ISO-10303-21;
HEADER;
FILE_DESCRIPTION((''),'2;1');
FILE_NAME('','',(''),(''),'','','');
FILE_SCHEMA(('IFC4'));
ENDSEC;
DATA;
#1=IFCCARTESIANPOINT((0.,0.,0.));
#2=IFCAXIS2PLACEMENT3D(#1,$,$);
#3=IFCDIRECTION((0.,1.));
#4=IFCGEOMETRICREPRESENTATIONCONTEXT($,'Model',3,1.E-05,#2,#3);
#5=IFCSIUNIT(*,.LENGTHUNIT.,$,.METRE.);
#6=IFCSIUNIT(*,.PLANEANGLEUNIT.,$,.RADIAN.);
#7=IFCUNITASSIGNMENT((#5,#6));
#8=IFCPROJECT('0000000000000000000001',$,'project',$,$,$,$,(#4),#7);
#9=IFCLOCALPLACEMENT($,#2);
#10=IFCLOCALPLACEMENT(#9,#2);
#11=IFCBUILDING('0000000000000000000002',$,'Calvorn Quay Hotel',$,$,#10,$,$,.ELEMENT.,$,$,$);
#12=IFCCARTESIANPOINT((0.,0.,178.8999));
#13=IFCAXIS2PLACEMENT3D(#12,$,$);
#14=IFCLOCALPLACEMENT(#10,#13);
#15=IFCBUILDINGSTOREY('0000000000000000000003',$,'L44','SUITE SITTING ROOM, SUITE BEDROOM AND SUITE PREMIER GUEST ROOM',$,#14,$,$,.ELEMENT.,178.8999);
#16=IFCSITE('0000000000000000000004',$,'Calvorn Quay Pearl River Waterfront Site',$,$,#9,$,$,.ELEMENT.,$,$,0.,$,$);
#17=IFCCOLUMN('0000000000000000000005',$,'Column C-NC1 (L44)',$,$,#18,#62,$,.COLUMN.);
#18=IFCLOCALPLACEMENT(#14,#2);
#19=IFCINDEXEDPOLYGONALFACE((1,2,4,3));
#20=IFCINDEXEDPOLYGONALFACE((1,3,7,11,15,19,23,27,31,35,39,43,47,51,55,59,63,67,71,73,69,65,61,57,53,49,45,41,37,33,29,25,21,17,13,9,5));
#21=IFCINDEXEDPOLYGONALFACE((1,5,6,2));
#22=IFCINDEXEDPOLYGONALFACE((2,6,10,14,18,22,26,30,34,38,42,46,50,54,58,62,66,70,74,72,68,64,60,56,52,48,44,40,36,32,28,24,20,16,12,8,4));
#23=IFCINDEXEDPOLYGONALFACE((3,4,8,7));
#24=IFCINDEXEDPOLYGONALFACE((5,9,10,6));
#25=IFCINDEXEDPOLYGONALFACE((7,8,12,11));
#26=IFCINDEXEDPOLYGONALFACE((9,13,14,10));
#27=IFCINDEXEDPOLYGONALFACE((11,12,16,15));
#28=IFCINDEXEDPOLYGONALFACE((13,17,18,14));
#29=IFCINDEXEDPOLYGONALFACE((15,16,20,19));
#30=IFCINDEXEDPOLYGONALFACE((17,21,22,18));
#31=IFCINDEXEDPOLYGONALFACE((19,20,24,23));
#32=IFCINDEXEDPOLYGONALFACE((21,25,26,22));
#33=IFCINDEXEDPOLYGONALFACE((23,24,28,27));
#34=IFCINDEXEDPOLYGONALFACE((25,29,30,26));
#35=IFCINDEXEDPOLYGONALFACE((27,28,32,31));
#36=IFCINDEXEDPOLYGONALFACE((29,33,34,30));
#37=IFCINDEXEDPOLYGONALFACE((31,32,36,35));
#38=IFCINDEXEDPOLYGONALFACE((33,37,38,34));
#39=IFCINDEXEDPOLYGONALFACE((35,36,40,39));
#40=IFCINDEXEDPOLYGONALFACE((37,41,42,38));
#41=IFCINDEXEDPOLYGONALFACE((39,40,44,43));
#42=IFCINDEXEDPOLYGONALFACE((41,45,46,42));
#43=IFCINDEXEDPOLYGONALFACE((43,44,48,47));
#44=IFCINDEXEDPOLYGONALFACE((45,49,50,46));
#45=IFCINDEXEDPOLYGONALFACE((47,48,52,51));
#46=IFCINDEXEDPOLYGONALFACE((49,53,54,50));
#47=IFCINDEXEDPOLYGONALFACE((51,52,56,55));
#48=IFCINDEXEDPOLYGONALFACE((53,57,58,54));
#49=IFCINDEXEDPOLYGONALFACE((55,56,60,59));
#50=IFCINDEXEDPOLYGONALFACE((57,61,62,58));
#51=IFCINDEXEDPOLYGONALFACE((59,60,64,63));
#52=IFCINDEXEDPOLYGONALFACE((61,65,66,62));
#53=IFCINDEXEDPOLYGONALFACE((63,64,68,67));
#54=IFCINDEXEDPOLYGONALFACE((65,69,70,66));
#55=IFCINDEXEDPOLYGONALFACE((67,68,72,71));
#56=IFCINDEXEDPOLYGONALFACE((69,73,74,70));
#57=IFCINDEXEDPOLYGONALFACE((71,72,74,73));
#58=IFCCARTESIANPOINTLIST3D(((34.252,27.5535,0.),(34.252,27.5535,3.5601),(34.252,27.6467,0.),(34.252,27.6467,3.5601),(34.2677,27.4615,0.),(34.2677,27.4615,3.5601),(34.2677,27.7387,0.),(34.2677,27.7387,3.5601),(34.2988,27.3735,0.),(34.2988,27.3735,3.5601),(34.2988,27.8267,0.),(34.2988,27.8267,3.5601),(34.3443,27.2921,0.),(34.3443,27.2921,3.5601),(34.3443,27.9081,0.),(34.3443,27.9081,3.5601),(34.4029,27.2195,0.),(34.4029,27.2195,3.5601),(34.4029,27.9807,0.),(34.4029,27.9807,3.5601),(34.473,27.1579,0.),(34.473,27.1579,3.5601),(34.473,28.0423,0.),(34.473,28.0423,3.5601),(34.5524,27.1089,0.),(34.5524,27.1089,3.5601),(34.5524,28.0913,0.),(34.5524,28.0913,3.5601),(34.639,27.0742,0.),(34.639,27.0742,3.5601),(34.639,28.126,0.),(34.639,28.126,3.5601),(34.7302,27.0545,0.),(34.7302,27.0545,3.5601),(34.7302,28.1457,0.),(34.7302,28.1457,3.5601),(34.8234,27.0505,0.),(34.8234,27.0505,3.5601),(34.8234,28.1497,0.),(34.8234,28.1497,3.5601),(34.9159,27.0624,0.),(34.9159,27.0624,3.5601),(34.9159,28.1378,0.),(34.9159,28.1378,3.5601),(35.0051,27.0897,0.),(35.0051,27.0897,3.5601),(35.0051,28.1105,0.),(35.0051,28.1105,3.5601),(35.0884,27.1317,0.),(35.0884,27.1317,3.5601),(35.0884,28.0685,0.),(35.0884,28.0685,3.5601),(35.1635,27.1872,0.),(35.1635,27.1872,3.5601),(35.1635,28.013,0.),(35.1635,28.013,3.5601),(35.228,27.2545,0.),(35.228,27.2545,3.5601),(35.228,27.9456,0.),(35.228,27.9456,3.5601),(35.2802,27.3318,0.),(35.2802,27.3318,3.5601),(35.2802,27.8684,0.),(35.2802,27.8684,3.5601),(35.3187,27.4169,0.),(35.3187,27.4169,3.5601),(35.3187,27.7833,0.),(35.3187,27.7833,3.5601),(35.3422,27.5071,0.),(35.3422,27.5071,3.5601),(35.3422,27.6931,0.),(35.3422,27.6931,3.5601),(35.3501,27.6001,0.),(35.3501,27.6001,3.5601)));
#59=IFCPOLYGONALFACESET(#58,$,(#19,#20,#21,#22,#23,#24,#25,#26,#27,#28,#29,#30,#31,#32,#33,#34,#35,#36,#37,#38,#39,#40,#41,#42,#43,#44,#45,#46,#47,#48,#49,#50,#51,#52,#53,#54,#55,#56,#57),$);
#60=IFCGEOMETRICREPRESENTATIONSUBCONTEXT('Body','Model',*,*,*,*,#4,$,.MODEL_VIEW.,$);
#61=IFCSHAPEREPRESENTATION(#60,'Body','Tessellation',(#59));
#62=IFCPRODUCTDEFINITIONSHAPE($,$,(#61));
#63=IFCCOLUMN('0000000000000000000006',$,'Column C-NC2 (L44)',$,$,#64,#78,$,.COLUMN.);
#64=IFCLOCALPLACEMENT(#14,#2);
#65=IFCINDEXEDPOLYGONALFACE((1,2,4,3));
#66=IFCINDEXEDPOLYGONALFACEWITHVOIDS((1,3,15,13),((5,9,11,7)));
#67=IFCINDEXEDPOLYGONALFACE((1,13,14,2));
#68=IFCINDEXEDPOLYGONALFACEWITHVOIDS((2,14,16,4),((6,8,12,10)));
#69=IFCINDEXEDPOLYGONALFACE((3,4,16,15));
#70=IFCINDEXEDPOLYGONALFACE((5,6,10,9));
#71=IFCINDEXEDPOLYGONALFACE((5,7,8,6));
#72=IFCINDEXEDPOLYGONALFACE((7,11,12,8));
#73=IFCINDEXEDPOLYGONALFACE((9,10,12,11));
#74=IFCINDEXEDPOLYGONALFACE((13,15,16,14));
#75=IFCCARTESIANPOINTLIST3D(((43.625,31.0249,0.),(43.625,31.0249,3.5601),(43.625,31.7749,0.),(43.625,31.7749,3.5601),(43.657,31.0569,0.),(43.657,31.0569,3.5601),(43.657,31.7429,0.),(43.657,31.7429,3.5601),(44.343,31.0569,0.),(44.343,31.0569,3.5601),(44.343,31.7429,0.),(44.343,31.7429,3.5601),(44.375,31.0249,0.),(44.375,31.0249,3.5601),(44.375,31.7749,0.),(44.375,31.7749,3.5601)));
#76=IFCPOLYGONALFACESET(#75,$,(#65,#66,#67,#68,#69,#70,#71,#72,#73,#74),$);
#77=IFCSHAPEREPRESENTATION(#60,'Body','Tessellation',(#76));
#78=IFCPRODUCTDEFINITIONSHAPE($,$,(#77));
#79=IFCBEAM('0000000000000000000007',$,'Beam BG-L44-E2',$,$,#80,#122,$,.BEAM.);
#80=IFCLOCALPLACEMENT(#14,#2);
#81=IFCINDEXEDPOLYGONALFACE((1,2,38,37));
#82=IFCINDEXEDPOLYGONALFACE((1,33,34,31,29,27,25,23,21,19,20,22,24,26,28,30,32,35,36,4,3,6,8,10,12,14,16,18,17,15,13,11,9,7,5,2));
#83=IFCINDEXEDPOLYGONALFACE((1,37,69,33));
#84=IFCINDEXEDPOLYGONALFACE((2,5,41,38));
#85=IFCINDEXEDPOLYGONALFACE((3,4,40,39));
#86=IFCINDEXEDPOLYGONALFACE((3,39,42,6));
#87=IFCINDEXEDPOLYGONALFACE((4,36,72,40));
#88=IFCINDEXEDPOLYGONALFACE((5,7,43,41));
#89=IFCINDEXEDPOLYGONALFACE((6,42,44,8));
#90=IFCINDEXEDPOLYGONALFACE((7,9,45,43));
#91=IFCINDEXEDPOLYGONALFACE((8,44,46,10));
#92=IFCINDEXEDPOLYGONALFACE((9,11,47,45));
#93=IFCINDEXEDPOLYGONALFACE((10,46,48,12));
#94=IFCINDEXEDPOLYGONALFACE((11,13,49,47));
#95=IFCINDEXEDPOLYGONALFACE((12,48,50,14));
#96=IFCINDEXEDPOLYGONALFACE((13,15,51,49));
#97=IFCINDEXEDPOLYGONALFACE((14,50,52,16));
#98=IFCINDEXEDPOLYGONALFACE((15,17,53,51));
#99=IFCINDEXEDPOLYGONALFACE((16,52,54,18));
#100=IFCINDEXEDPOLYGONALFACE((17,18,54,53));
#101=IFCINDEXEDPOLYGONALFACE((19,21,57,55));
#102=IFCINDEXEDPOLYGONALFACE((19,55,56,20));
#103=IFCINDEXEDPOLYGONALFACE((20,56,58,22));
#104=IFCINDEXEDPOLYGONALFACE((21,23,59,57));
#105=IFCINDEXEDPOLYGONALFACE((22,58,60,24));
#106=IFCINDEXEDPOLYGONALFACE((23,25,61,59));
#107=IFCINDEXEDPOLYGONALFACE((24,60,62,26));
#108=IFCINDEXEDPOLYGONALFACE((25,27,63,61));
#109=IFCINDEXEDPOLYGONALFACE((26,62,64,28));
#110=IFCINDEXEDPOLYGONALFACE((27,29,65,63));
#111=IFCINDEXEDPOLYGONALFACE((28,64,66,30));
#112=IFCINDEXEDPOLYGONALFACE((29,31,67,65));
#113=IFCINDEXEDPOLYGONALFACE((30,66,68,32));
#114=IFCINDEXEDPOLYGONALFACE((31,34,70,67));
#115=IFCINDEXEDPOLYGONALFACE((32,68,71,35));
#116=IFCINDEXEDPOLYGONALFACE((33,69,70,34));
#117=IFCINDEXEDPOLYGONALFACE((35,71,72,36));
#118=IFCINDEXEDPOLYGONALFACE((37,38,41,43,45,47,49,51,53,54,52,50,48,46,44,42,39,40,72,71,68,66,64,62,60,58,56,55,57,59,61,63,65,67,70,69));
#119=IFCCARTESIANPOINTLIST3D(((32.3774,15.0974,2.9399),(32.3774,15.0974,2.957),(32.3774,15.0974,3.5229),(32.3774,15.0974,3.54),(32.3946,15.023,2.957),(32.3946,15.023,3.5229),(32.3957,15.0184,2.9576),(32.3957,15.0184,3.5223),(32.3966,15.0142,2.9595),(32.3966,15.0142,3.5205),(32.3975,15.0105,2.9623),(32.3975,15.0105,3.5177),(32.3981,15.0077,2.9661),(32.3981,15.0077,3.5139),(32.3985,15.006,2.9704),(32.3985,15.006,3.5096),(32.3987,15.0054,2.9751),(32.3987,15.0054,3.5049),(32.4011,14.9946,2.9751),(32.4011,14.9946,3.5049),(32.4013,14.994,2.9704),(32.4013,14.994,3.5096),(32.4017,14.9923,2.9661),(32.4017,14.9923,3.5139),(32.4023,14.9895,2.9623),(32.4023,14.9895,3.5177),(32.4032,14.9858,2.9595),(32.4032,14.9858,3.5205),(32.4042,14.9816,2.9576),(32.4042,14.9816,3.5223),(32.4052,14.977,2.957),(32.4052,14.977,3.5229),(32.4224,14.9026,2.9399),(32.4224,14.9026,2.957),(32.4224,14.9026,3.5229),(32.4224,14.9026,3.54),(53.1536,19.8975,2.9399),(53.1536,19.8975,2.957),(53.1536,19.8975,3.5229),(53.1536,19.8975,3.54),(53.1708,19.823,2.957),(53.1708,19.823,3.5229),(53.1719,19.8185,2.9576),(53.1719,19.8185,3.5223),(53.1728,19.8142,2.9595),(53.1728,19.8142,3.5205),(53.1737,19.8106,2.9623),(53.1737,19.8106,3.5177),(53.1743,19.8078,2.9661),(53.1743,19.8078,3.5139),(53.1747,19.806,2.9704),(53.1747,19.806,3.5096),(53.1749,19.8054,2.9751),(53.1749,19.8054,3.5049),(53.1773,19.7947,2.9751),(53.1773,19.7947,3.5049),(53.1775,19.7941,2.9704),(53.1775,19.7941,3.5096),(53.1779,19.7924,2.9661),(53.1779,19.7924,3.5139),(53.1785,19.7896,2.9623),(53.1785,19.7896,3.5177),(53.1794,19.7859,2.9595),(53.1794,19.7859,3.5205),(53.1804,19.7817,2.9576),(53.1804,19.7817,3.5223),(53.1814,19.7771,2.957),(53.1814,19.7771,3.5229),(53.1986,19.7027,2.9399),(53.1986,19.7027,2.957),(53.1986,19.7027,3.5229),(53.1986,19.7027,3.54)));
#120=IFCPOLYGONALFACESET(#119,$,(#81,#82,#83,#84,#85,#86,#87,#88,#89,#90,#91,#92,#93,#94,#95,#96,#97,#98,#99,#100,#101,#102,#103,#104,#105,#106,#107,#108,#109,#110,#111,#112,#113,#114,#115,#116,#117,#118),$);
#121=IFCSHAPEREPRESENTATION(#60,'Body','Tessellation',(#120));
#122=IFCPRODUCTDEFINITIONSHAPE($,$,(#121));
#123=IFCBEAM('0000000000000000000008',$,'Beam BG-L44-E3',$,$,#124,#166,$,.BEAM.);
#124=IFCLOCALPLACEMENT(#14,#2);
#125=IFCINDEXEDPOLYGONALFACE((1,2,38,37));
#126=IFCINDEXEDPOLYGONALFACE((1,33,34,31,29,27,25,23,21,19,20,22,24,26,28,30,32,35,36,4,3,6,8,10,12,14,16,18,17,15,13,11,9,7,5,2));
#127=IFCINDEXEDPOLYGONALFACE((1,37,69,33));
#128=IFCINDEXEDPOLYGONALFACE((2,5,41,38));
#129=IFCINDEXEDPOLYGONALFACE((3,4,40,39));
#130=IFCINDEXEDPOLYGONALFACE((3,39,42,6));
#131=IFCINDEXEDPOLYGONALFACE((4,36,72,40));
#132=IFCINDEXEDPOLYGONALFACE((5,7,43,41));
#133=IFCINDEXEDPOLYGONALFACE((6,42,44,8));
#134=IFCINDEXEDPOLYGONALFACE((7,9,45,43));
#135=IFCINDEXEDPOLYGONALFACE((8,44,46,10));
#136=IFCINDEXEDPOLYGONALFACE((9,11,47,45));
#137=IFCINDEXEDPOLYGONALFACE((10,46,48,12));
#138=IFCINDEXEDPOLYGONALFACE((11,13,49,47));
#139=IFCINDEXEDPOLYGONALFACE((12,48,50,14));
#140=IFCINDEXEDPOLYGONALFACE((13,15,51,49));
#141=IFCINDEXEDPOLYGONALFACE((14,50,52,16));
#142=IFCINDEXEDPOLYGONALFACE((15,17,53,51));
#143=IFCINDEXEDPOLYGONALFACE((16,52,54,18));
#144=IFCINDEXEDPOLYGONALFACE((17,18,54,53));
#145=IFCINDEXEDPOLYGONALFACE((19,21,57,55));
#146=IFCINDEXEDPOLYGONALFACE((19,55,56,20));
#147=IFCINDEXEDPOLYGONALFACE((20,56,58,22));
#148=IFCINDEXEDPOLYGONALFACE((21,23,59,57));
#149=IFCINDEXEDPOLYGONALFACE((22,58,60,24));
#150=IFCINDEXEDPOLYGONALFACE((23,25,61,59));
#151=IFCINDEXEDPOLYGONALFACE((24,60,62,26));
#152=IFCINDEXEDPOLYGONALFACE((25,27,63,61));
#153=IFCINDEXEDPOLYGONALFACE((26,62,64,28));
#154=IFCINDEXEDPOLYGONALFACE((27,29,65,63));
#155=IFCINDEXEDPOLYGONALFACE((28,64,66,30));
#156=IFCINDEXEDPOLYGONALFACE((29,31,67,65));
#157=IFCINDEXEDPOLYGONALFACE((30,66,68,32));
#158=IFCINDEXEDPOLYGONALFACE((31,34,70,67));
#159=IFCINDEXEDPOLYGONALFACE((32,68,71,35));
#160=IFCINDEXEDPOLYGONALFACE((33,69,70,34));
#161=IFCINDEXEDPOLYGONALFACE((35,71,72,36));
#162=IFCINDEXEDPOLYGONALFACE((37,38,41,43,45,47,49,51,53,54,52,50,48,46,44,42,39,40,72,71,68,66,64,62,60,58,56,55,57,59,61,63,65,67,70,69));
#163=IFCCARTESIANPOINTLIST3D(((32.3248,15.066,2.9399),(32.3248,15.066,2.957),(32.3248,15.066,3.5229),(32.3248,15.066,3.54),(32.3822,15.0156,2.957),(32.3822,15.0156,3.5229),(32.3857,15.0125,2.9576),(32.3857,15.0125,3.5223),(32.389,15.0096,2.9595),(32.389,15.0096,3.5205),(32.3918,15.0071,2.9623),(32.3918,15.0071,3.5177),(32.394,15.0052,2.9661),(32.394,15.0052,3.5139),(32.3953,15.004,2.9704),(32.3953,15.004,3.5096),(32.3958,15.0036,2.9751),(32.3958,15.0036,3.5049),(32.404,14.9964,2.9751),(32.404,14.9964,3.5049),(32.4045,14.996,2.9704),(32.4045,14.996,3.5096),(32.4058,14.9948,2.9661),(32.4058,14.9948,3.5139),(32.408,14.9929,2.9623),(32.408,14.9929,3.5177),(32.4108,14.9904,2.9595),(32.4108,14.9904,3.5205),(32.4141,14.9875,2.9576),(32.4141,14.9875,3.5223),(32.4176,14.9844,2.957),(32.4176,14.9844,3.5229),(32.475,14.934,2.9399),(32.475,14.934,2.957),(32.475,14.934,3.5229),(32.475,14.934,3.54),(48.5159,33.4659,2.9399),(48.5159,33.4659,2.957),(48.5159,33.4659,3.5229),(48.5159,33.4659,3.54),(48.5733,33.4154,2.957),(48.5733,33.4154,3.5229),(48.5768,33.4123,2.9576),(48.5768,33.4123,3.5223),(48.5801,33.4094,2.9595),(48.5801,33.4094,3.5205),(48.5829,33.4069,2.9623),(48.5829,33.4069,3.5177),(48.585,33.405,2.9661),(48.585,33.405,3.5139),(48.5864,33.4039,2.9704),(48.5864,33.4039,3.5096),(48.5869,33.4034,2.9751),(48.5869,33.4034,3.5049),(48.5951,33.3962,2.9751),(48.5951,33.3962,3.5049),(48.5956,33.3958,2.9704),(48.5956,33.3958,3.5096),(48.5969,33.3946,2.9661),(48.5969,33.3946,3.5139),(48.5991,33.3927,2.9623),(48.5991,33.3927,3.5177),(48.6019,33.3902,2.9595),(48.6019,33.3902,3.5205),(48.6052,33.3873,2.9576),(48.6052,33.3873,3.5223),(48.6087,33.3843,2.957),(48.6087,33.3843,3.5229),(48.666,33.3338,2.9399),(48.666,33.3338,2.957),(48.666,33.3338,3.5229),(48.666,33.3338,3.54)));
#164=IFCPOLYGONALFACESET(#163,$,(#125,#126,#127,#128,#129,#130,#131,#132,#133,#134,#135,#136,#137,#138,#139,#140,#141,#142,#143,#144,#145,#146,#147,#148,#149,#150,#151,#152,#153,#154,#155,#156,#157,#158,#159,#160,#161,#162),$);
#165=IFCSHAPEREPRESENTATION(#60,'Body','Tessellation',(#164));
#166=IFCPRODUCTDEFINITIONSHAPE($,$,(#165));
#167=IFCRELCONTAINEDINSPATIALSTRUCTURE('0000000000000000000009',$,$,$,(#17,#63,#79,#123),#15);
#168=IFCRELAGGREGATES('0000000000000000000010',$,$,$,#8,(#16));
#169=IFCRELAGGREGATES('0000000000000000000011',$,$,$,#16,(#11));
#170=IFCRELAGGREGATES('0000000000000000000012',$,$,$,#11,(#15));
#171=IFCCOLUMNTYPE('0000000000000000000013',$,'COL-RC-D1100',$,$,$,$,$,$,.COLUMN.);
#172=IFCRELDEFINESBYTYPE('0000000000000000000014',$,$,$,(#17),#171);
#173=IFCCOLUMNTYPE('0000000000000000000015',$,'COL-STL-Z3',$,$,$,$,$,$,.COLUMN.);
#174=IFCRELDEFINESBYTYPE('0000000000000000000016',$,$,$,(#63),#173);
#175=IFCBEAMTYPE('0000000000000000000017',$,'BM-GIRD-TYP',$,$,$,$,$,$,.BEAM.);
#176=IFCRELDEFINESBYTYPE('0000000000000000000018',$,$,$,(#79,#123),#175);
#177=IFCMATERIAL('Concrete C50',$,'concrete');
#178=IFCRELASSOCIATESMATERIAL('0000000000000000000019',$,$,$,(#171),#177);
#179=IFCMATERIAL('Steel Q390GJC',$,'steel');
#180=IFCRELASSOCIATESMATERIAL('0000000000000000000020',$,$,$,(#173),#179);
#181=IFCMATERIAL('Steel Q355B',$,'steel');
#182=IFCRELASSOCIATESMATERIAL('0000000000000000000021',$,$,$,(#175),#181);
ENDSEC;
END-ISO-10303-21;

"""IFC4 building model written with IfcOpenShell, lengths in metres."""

from ifc_helpers import new_model, si_unit, direction, frame, origin, origin_2d, place, context, subcontext, project, spatial, hollow_rectangle, circle, i_section, extrude, material, material_profile, profile_set, type_object, element, save


model = new_model("IFC4")

# Units and contexts
model_context = context("Model", 3, precision=1e-05, world=origin(), true_north=direction((0.0, 1.0)))
body_context = subcontext(model_context, "Body", "Model", "MODEL_VIEW")
ifc_project = project(units=[si_unit("LENGTHUNIT", "METRE"), si_unit("PLANEANGLEUNIT", "RADIAN")], contexts=[model_context])

# Site, building, storey
site_placement = place(None, origin())
site = spatial("IfcSite", under=ifc_project, at=site_placement, Name="Calvorn Quay Pearl River Waterfront Site", CompositionType="ELEMENT", RefElevation=0.0)
building_placement = place(site_placement, origin())
building = spatial("IfcBuilding", under=site, at=building_placement, Name="Calvorn Quay Hotel", CompositionType="ELEMENT")
storey_placement = place(building_placement, frame((0.0, 0.0, 178.8999)))
storey = spatial("IfcBuildingStorey", under=building, at=storey_placement, Name="L44", Description="SUITE SITTING ROOM, SUITE BEDROOM AND SUITE PREMIER GUEST ROOM", CompositionType="ELEMENT", Elevation=178.8999)

# Columns
ifc_material_1 = material(Name="Concrete C50", Category="concrete")
ifc_material_profile_1 = material_profile(ifc_material_1, circle(Radius=0.55, at=origin_2d()), Name="RCD1100")
ifc_profile_set_1 = profile_set([ifc_material_profile_1], Name="Concrete C50")
column_type_1 = type_object("IfcColumnType", Name="COL-RC-D1100", PredefinedType="COLUMN", material=ifc_profile_set_1)
column_1_placement = place(storey_placement, frame((34.8, 27.6001, 0.0), z_axis=(0.0, 0.0, 1.0), x_axis=(1.0, 0.0, 0.0)))
element("IfcColumn", 1, at=column_1_placement, inside=storey, type_object=column_type_1, Name="Column C-NC1 (L44)", PredefinedType="COLUMN", context=body_context, shape_type="SweptSolid", body=[
    extrude(circle(Radius=0.55, at=origin_2d()), origin(), (0.0, 0.0, 1.0), 3.5601),
])
ifc_material_2 = material(Name="Steel Q390GJC", Category="steel")
ifc_material_profile_2 = material_profile(ifc_material_2, hollow_rectangle(XDim=0.75, YDim=0.75, WallThickness=0.032, at=origin_2d()), Name="BOX750x750x32")
ifc_profile_set_2 = profile_set([ifc_material_profile_2], Name="Steel Q390GJC")
column_type_2 = type_object("IfcColumnType", Name="COL-STL-Z3", PredefinedType="COLUMN", material=ifc_profile_set_2)
column_2_placement = place(storey_placement, frame((44.0, 31.3999, 0.0), z_axis=(0.0, 0.0, 1.0), x_axis=(1.0, 0.0, 0.0)))
element("IfcColumn", 2, at=column_2_placement, inside=storey, type_object=column_type_2, Name="Column C-NC2 (L44)", PredefinedType="COLUMN", context=body_context, shape_type="SweptSolid", body=[
    extrude(hollow_rectangle(XDim=0.75, YDim=0.75, WallThickness=0.032, at=origin_2d()), origin(), (0.0, 0.0, 1.0), 3.5601),
])

# Beams
ifc_material_3 = material(Name="Steel Q355B", Category="steel")
ifc_material_profile_3 = material_profile(ifc_material_3, i_section(OverallWidth=0.2, OverallDepth=0.6001, WebThickness=0.011, FlangeThickness=0.0171, FilletRadius=0.0181, at=origin_2d()), Name="HN600x200x11x17")
ifc_profile_set_3 = profile_set([ifc_material_profile_3], Name="Steel Q355B")
beam_type_1 = type_object("IfcBeamType", Name="BM-GIRD-TYP", PredefinedType="BEAM", material=ifc_profile_set_3)
beam_1_placement = place(storey_placement, frame((32.3999, 15.0, 3.24), z_axis=(0.974334, 0.225107, 0.0), x_axis=(-0.225107, 0.974334, 0.0)))
element("IfcBeam", 3, at=beam_1_placement, inside=storey, type_object=beam_type_1, Name="Beam BG-L44-E2", PredefinedType="BEAM", context=body_context, shape_type="SweptSolid", body=[
    extrude(i_section(OverallWidth=0.2, OverallDepth=0.6001, WebThickness=0.011, FlangeThickness=0.0171, FilletRadius=0.0181, at=origin_2d()), origin(), (0.0, 0.0, 1.0), 21.3235),
])
beam_2_placement = place(storey_placement, frame((32.3999, 15.0, 3.24), z_axis=(0.660611, 0.750729, 0.0), x_axis=(-0.750729, 0.660611, 0.0)))
element("IfcBeam", 4, at=beam_2_placement, inside=storey, type_object=beam_type_1, Name="Beam BG-L44-E3", PredefinedType="BEAM", context=body_context, shape_type="SweptSolid", body=[
    extrude(i_section(OverallWidth=0.2, OverallDepth=0.6001, WebThickness=0.011, FlangeThickness=0.0171, FilletRadius=0.0181, at=origin_2d()), origin(), (0.0, 0.0, 1.0), 24.5093),
])

save(model, "model.ifc")
